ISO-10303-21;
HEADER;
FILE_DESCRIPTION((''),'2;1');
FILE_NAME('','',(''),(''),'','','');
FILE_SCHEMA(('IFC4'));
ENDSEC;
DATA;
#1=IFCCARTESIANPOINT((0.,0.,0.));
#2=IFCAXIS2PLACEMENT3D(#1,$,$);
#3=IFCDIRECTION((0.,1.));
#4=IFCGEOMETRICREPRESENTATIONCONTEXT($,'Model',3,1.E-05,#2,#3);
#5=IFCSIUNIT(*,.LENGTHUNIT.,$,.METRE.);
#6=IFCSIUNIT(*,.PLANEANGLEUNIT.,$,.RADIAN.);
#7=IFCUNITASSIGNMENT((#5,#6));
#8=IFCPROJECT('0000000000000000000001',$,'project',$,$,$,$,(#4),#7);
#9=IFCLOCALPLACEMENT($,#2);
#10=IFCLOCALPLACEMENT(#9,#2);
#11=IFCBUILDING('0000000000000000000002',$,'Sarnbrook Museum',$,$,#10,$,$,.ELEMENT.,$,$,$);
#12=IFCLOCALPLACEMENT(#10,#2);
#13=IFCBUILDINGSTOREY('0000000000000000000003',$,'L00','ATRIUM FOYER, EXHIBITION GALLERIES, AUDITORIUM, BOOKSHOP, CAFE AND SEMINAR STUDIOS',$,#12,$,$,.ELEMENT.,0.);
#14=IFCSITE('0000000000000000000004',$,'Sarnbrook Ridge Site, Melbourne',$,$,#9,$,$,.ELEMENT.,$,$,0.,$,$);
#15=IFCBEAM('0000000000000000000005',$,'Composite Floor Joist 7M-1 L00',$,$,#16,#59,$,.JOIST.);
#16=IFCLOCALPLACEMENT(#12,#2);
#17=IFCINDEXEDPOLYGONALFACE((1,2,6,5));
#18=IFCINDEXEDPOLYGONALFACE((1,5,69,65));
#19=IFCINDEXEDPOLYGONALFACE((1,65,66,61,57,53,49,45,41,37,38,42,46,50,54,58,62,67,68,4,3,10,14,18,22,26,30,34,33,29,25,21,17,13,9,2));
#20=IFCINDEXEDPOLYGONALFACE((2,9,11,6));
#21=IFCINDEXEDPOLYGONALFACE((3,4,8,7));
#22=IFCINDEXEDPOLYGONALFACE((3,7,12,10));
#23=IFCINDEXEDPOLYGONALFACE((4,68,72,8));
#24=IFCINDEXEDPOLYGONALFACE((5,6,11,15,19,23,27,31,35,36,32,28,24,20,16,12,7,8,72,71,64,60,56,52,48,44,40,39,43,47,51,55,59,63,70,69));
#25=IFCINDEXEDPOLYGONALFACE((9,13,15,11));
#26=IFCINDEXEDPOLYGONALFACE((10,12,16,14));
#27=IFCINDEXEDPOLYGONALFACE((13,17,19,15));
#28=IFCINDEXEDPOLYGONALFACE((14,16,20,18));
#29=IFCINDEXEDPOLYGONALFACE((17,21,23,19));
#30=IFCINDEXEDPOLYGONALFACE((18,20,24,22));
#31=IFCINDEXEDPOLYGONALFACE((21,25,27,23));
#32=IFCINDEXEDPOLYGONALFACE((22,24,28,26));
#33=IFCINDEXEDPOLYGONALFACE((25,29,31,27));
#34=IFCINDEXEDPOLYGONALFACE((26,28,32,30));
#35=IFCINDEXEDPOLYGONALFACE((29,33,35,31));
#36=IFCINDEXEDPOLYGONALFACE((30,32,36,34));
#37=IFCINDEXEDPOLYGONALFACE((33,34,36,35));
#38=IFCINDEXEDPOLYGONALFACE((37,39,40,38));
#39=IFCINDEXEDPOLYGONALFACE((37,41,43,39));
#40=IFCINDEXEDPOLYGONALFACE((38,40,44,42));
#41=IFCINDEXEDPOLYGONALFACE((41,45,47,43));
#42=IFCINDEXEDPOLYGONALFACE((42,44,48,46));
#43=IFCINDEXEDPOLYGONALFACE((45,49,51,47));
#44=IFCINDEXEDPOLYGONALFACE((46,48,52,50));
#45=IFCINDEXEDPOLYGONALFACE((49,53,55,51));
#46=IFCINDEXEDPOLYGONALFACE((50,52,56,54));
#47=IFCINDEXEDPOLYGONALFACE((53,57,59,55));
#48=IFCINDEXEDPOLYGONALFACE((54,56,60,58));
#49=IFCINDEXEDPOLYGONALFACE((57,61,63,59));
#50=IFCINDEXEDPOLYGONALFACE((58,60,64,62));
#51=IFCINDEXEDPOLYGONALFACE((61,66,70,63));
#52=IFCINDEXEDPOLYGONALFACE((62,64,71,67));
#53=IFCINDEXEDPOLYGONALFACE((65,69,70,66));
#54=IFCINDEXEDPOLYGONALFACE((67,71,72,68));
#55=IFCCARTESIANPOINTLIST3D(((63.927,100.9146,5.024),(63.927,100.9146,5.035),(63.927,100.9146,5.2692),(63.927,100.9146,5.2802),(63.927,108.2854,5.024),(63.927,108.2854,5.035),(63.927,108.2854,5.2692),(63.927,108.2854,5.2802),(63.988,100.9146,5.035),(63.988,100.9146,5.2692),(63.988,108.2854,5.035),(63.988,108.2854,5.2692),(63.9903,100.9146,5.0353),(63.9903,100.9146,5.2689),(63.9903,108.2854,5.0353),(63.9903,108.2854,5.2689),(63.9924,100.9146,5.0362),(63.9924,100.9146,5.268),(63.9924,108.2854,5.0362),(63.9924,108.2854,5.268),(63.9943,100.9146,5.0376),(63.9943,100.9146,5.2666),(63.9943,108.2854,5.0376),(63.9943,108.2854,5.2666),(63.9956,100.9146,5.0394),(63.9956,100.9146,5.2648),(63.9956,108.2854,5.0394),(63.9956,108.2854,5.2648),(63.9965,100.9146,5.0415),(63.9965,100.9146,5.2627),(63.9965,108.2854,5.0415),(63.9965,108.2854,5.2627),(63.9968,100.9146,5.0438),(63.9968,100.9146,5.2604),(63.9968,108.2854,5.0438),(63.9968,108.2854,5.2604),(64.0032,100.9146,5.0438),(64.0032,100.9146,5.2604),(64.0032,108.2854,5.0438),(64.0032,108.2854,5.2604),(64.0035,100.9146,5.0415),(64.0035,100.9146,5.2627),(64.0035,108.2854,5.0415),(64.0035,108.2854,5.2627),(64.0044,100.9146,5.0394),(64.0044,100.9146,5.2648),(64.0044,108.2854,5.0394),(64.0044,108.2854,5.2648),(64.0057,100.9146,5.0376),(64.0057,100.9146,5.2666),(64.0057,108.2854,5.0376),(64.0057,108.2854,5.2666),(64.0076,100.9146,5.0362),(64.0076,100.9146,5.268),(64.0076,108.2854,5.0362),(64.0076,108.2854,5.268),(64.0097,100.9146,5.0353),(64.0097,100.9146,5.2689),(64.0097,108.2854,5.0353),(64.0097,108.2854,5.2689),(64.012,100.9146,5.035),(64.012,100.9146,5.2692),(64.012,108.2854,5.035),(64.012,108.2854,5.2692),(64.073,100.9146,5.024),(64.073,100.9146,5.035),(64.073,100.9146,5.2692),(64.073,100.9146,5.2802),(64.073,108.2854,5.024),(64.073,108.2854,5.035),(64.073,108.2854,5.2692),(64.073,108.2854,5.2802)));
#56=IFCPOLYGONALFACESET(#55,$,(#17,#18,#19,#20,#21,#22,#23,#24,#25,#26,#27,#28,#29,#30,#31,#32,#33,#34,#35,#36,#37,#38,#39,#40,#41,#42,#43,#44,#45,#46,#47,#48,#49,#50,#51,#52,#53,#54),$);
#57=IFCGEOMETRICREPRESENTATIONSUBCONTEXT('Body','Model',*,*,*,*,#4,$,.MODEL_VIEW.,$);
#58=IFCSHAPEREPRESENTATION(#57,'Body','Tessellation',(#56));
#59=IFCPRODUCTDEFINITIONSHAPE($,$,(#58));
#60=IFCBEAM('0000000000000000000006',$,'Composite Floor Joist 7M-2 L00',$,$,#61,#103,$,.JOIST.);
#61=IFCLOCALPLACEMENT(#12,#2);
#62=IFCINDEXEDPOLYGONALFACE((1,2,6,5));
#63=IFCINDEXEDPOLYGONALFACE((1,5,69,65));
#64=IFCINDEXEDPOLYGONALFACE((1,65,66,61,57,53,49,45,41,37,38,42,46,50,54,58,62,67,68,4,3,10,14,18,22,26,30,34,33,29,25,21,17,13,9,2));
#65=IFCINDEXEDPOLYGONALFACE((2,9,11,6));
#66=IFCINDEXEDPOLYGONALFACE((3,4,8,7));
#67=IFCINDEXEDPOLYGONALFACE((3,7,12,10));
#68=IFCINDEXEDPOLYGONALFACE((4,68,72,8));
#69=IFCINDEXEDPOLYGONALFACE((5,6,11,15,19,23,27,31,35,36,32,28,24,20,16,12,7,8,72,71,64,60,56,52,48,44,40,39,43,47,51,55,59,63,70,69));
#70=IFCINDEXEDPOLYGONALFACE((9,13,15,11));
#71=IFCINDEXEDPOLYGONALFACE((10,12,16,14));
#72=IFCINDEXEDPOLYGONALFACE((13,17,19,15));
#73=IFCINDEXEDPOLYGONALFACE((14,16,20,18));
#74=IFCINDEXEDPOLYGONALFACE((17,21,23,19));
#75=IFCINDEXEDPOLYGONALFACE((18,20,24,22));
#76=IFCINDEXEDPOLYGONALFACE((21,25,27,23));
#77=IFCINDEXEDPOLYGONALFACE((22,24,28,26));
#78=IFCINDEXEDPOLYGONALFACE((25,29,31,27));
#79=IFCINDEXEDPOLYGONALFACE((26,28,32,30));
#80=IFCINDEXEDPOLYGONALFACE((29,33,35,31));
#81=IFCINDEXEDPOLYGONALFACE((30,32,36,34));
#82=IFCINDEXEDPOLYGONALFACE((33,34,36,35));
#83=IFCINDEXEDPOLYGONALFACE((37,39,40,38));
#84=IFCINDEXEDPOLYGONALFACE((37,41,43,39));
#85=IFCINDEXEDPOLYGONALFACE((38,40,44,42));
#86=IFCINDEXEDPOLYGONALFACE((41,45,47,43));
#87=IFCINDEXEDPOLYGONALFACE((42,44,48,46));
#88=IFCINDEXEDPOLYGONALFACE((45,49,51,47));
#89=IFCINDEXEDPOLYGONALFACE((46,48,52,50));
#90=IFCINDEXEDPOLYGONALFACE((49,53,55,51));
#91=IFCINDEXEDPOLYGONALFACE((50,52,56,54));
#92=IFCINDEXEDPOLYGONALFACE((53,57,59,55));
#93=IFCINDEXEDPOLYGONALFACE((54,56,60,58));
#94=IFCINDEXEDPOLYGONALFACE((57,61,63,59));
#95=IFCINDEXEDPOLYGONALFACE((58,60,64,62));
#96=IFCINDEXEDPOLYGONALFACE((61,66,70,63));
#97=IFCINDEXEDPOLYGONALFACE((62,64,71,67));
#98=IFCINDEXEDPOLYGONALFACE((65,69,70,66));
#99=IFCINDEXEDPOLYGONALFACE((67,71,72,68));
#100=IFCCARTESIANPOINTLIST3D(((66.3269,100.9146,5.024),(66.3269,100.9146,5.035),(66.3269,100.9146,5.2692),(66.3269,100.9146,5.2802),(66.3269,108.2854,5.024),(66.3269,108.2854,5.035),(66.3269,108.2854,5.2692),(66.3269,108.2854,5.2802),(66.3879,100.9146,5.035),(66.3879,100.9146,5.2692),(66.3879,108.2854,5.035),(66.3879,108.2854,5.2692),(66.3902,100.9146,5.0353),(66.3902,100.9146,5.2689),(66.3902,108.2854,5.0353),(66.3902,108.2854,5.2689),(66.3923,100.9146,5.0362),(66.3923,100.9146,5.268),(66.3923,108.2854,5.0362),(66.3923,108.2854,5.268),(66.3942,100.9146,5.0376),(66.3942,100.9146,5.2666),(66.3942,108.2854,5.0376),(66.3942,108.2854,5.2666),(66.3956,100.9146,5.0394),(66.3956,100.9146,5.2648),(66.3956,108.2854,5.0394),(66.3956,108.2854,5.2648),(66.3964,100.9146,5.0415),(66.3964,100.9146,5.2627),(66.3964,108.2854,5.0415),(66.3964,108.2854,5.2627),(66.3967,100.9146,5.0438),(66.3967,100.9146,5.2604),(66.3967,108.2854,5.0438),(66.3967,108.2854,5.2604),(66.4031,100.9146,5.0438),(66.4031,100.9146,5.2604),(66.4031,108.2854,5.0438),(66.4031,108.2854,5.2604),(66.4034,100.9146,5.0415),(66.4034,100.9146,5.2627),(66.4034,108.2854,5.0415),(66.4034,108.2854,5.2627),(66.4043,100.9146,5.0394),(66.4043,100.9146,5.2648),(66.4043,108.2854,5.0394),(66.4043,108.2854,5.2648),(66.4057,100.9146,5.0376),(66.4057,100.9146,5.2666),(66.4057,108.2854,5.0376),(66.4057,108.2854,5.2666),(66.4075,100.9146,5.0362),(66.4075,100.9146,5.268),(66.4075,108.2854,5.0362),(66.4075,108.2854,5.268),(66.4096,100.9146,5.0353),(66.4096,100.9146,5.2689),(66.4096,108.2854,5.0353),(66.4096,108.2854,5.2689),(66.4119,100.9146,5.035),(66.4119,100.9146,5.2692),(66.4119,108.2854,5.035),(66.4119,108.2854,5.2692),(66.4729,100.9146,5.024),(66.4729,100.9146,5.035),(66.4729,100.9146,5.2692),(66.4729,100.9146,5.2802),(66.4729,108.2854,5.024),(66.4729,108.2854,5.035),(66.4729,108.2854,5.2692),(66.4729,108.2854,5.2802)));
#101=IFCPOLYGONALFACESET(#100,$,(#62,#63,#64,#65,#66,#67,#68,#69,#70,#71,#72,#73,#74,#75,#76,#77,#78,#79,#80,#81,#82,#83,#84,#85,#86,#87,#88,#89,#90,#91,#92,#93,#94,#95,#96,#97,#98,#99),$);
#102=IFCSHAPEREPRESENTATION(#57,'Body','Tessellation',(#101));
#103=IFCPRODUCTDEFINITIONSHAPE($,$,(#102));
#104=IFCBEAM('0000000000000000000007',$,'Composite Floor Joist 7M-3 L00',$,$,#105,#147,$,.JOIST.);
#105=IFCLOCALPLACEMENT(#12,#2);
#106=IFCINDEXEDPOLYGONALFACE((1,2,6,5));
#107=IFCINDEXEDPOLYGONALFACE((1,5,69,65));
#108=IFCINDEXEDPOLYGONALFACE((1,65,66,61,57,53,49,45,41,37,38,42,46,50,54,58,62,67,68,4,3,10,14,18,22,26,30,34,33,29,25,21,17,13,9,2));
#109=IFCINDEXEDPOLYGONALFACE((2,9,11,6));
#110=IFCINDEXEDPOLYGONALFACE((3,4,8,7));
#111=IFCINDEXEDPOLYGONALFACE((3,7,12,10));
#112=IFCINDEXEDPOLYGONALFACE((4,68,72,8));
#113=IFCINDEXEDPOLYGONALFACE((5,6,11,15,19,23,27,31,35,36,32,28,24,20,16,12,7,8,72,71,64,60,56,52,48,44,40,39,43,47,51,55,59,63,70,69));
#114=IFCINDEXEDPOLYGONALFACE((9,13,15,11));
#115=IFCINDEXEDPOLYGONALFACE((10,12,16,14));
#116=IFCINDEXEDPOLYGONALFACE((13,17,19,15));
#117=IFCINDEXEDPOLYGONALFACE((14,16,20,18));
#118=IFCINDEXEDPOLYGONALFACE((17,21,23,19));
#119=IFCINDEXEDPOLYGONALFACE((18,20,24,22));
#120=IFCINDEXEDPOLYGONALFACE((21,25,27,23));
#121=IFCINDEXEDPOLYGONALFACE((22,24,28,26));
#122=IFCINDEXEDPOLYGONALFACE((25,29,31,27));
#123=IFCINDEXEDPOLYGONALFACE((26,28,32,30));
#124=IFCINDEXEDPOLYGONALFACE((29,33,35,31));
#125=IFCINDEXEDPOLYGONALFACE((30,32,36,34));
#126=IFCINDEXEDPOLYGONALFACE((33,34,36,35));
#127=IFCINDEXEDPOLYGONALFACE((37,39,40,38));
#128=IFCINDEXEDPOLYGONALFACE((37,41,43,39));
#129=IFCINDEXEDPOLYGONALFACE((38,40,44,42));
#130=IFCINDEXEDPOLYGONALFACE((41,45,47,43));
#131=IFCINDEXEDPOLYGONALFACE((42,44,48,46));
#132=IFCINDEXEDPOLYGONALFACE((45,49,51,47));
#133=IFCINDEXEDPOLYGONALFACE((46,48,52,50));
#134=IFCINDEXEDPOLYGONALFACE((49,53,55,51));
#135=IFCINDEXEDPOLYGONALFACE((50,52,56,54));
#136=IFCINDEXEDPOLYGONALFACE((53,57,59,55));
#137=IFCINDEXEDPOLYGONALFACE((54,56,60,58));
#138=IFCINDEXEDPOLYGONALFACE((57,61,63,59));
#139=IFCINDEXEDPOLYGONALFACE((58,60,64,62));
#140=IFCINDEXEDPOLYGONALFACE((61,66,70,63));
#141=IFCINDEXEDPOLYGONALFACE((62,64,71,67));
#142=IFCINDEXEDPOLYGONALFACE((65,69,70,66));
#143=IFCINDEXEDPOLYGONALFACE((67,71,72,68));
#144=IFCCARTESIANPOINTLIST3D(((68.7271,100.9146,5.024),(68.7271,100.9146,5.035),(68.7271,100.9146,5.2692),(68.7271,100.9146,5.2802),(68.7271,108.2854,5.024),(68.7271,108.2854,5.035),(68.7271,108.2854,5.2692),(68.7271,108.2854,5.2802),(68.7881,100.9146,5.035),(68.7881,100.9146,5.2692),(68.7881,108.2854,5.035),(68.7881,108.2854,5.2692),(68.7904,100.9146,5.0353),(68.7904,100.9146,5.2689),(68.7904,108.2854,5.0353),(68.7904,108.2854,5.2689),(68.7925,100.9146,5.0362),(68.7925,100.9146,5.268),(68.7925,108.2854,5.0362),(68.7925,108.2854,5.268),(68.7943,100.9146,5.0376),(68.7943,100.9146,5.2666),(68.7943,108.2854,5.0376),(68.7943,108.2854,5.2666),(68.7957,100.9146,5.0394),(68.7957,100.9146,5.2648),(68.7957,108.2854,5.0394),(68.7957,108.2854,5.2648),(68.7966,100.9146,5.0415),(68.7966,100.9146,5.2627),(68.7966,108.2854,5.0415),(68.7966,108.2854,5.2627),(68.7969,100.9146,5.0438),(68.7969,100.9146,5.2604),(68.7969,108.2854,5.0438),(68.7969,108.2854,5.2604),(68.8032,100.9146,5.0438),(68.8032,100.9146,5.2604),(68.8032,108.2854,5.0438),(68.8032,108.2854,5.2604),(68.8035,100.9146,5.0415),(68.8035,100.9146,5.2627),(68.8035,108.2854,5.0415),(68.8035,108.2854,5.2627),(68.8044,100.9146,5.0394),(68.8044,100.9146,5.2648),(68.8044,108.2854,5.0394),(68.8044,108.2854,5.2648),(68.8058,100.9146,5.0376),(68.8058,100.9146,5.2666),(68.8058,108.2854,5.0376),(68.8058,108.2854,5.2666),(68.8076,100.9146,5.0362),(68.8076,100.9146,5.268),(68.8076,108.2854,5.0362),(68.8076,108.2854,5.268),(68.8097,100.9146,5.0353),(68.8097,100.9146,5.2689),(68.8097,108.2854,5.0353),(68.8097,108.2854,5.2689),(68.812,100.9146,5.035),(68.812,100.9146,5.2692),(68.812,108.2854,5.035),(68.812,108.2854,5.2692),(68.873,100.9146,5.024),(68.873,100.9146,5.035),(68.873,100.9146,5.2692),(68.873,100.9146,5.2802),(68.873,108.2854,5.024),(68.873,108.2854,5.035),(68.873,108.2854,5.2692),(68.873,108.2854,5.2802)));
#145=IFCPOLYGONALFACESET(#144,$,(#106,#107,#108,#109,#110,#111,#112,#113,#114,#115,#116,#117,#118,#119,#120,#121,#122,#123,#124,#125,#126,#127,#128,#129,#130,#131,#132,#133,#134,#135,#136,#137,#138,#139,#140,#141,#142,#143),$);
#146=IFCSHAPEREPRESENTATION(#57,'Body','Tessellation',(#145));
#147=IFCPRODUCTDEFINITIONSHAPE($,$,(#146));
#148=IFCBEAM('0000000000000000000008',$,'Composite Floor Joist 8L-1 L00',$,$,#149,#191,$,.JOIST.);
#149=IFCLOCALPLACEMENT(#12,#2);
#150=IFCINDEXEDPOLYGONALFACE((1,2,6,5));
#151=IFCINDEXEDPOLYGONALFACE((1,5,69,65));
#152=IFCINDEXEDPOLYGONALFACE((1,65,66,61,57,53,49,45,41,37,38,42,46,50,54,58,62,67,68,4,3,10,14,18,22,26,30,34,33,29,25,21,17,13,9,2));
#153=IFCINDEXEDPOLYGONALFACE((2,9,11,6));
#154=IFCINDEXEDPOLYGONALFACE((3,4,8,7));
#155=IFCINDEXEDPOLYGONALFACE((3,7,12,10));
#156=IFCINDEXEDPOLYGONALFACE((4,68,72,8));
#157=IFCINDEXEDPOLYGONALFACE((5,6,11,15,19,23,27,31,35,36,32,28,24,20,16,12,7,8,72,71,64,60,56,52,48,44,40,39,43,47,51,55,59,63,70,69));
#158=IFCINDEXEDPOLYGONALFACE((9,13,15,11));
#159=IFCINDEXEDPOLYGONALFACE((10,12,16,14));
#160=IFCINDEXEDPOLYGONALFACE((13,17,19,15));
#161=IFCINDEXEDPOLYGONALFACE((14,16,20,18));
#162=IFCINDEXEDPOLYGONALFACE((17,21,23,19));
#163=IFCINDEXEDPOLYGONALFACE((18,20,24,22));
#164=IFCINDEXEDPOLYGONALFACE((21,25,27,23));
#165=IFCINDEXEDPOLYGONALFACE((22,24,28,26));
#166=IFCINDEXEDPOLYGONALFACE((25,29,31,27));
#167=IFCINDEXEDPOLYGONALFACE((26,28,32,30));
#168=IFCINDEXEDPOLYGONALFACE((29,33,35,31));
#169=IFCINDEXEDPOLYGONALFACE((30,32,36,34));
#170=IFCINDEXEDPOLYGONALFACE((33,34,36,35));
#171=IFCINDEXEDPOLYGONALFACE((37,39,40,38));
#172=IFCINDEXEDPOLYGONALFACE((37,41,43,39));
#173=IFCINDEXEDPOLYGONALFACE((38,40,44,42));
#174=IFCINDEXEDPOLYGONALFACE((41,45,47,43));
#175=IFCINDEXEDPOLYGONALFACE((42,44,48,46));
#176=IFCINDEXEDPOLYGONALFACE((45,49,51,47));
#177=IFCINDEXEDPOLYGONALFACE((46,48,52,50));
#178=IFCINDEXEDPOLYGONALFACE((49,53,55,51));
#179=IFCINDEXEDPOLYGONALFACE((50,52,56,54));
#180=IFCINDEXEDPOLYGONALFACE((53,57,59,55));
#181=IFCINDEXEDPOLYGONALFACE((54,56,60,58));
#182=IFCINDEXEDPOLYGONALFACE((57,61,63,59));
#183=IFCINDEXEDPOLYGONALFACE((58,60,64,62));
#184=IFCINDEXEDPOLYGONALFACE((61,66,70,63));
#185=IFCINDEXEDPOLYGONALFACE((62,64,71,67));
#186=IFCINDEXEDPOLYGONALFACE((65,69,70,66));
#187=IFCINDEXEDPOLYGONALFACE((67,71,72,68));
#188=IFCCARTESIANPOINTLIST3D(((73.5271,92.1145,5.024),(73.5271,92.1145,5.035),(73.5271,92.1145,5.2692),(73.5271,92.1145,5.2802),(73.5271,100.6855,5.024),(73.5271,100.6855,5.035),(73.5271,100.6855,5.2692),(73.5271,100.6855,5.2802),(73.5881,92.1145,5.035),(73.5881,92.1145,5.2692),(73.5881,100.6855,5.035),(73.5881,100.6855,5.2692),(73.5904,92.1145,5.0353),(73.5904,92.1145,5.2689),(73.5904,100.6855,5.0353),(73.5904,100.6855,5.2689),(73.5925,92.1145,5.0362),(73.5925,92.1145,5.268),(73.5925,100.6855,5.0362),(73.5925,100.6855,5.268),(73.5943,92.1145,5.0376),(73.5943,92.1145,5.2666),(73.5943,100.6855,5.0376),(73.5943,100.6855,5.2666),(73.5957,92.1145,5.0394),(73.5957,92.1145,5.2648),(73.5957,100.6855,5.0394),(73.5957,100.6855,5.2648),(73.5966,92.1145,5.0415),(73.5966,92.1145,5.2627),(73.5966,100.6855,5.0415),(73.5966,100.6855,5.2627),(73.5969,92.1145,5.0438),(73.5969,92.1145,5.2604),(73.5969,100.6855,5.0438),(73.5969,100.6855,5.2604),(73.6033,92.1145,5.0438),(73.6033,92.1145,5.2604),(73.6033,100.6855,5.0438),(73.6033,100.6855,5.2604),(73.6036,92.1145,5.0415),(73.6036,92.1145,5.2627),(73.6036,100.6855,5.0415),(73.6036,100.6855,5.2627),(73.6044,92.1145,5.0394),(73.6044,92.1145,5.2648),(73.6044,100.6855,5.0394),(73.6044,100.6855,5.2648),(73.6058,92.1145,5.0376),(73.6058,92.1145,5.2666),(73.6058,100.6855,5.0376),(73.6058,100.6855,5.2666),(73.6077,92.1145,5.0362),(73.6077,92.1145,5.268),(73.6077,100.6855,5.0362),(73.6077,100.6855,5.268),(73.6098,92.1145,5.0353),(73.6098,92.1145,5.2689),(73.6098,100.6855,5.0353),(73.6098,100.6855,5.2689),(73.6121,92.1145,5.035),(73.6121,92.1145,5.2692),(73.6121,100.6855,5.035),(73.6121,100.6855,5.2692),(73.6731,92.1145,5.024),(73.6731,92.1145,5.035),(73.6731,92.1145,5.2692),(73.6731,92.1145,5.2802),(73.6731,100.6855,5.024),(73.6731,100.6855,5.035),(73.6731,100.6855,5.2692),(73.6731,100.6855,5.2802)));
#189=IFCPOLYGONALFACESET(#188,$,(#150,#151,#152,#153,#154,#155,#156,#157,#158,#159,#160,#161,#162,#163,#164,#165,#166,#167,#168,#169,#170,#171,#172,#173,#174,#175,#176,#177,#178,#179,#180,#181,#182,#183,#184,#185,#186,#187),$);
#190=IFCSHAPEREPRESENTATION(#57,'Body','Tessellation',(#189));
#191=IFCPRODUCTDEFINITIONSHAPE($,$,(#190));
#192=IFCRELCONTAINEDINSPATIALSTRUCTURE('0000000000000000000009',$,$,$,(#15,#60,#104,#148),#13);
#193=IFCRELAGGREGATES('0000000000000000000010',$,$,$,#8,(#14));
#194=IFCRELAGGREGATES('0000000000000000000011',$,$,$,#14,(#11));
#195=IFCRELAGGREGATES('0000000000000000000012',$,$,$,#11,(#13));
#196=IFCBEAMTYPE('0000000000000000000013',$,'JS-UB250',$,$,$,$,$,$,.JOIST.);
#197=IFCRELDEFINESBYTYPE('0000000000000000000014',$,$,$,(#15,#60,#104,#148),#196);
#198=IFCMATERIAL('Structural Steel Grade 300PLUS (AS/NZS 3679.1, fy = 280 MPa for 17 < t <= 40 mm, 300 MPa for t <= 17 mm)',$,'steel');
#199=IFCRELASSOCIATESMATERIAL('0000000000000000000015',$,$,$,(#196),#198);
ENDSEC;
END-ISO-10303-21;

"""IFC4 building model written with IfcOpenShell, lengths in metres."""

from ifc_helpers import new_model, si_unit, direction, frame, origin, origin_2d, place, context, subcontext, project, spatial, i_section, extrude, material, material_profile, profile_set, type_object, element, save


model = new_model("IFC4")

# Units and contexts
model_context = context("Model", 3, precision=1e-05, world=origin(), true_north=direction((0.0, 1.0)))
body_context = subcontext(model_context, "Body", "Model", "MODEL_VIEW")
ifc_project = project(units=[si_unit("LENGTHUNIT", "METRE"), si_unit("PLANEANGLEUNIT", "RADIAN")], contexts=[model_context])

# Site, building, storey
site_placement = place(None, origin())
site = spatial("IfcSite", under=ifc_project, at=site_placement, Name="Sarnbrook Ridge Site, Melbourne", CompositionType="ELEMENT", RefElevation=0.0)
building_placement = place(site_placement, origin())
building = spatial("IfcBuilding", under=site, at=building_placement, Name="Sarnbrook Museum", CompositionType="ELEMENT")
storey_placement = place(building_placement, origin())
storey = spatial("IfcBuildingStorey", under=building, at=storey_placement, Name="L00", Description="ATRIUM FOYER, EXHIBITION GALLERIES, AUDITORIUM, BOOKSHOP, CAFE AND SEMINAR STUDIOS", CompositionType="ELEMENT", Elevation=0.0)

# Beams
ifc_material_1 = material(Name="Structural Steel Grade 300PLUS (AS/NZS 3679.1, fy = 280 MPa for 17 < t <= 40 mm, 300 MPa for t <= 17 mm)", Category="steel")
ifc_material_profile_1 = material_profile(ifc_material_1, i_section(OverallWidth=0.146, OverallDepth=0.2561, WebThickness=0.0063, FlangeThickness=0.011, FilletRadius=0.0088, at=origin_2d()), Name="250UB37.3")
ifc_profile_set_1 = profile_set([ifc_material_profile_1], Name="Structural Steel Grade 300PLUS (AS/NZS 3679.1, fy = 280 MPa for 17 < t <= 40 mm, 300 MPa for t <= 17 mm)")
beam_type_1 = type_object("IfcBeamType", Name="JS-UB250", PredefinedType="JOIST", material=ifc_profile_set_1)
for number, where, z_axis, x_axis, name in (
    (1, (64.0, 100.9146, 5.1521), (0.0, 1.0, 0.0), (-1.0, 0.0, 0.0), "Composite Floor Joist 7M-1 L00"),
    (2, (66.3999, 100.9146, 5.1521), (0.0, 1.0, 0.0), (-1.0, 0.0, 0.0), "Composite Floor Joist 7M-2 L00"),
    (3, (68.8, 100.9146, 5.1521), (0.0, 1.0, 0.0), (-1.0, 0.0, 0.0), "Composite Floor Joist 7M-3 L00"),
):
    element("IfcBeam", number, at=place(storey_placement, frame(where, z_axis=z_axis, x_axis=x_axis)), inside=storey, type_object=beam_type_1, Name=name, PredefinedType="JOIST", context=body_context, shape_type="SweptSolid", body=[
        extrude(i_section(OverallWidth=0.146, OverallDepth=0.2561, WebThickness=0.0063, FlangeThickness=0.011, FilletRadius=0.0088, at=origin_2d()), origin(), (0.0, 0.0, 1.0), 7.3708),
    ])
for number, where, z_axis, x_axis, name in (
    (4, (73.6001, 92.1145, 5.1521), (0.0, 1.0, 0.0), (-1.0, 0.0, 0.0), "Composite Floor Joist 8L-1 L00"),
):
    element("IfcBeam", number, at=place(storey_placement, frame(where, z_axis=z_axis, x_axis=x_axis)), inside=storey, type_object=beam_type_1, Name=name, PredefinedType="JOIST", context=body_context, shape_type="SweptSolid", body=[
        extrude(i_section(OverallWidth=0.146, OverallDepth=0.2561, WebThickness=0.0063, FlangeThickness=0.011, FilletRadius=0.0088, at=origin_2d()), origin(), (0.0, 0.0, 1.0), 8.571),
    ])

save(model, "model.ifc")
